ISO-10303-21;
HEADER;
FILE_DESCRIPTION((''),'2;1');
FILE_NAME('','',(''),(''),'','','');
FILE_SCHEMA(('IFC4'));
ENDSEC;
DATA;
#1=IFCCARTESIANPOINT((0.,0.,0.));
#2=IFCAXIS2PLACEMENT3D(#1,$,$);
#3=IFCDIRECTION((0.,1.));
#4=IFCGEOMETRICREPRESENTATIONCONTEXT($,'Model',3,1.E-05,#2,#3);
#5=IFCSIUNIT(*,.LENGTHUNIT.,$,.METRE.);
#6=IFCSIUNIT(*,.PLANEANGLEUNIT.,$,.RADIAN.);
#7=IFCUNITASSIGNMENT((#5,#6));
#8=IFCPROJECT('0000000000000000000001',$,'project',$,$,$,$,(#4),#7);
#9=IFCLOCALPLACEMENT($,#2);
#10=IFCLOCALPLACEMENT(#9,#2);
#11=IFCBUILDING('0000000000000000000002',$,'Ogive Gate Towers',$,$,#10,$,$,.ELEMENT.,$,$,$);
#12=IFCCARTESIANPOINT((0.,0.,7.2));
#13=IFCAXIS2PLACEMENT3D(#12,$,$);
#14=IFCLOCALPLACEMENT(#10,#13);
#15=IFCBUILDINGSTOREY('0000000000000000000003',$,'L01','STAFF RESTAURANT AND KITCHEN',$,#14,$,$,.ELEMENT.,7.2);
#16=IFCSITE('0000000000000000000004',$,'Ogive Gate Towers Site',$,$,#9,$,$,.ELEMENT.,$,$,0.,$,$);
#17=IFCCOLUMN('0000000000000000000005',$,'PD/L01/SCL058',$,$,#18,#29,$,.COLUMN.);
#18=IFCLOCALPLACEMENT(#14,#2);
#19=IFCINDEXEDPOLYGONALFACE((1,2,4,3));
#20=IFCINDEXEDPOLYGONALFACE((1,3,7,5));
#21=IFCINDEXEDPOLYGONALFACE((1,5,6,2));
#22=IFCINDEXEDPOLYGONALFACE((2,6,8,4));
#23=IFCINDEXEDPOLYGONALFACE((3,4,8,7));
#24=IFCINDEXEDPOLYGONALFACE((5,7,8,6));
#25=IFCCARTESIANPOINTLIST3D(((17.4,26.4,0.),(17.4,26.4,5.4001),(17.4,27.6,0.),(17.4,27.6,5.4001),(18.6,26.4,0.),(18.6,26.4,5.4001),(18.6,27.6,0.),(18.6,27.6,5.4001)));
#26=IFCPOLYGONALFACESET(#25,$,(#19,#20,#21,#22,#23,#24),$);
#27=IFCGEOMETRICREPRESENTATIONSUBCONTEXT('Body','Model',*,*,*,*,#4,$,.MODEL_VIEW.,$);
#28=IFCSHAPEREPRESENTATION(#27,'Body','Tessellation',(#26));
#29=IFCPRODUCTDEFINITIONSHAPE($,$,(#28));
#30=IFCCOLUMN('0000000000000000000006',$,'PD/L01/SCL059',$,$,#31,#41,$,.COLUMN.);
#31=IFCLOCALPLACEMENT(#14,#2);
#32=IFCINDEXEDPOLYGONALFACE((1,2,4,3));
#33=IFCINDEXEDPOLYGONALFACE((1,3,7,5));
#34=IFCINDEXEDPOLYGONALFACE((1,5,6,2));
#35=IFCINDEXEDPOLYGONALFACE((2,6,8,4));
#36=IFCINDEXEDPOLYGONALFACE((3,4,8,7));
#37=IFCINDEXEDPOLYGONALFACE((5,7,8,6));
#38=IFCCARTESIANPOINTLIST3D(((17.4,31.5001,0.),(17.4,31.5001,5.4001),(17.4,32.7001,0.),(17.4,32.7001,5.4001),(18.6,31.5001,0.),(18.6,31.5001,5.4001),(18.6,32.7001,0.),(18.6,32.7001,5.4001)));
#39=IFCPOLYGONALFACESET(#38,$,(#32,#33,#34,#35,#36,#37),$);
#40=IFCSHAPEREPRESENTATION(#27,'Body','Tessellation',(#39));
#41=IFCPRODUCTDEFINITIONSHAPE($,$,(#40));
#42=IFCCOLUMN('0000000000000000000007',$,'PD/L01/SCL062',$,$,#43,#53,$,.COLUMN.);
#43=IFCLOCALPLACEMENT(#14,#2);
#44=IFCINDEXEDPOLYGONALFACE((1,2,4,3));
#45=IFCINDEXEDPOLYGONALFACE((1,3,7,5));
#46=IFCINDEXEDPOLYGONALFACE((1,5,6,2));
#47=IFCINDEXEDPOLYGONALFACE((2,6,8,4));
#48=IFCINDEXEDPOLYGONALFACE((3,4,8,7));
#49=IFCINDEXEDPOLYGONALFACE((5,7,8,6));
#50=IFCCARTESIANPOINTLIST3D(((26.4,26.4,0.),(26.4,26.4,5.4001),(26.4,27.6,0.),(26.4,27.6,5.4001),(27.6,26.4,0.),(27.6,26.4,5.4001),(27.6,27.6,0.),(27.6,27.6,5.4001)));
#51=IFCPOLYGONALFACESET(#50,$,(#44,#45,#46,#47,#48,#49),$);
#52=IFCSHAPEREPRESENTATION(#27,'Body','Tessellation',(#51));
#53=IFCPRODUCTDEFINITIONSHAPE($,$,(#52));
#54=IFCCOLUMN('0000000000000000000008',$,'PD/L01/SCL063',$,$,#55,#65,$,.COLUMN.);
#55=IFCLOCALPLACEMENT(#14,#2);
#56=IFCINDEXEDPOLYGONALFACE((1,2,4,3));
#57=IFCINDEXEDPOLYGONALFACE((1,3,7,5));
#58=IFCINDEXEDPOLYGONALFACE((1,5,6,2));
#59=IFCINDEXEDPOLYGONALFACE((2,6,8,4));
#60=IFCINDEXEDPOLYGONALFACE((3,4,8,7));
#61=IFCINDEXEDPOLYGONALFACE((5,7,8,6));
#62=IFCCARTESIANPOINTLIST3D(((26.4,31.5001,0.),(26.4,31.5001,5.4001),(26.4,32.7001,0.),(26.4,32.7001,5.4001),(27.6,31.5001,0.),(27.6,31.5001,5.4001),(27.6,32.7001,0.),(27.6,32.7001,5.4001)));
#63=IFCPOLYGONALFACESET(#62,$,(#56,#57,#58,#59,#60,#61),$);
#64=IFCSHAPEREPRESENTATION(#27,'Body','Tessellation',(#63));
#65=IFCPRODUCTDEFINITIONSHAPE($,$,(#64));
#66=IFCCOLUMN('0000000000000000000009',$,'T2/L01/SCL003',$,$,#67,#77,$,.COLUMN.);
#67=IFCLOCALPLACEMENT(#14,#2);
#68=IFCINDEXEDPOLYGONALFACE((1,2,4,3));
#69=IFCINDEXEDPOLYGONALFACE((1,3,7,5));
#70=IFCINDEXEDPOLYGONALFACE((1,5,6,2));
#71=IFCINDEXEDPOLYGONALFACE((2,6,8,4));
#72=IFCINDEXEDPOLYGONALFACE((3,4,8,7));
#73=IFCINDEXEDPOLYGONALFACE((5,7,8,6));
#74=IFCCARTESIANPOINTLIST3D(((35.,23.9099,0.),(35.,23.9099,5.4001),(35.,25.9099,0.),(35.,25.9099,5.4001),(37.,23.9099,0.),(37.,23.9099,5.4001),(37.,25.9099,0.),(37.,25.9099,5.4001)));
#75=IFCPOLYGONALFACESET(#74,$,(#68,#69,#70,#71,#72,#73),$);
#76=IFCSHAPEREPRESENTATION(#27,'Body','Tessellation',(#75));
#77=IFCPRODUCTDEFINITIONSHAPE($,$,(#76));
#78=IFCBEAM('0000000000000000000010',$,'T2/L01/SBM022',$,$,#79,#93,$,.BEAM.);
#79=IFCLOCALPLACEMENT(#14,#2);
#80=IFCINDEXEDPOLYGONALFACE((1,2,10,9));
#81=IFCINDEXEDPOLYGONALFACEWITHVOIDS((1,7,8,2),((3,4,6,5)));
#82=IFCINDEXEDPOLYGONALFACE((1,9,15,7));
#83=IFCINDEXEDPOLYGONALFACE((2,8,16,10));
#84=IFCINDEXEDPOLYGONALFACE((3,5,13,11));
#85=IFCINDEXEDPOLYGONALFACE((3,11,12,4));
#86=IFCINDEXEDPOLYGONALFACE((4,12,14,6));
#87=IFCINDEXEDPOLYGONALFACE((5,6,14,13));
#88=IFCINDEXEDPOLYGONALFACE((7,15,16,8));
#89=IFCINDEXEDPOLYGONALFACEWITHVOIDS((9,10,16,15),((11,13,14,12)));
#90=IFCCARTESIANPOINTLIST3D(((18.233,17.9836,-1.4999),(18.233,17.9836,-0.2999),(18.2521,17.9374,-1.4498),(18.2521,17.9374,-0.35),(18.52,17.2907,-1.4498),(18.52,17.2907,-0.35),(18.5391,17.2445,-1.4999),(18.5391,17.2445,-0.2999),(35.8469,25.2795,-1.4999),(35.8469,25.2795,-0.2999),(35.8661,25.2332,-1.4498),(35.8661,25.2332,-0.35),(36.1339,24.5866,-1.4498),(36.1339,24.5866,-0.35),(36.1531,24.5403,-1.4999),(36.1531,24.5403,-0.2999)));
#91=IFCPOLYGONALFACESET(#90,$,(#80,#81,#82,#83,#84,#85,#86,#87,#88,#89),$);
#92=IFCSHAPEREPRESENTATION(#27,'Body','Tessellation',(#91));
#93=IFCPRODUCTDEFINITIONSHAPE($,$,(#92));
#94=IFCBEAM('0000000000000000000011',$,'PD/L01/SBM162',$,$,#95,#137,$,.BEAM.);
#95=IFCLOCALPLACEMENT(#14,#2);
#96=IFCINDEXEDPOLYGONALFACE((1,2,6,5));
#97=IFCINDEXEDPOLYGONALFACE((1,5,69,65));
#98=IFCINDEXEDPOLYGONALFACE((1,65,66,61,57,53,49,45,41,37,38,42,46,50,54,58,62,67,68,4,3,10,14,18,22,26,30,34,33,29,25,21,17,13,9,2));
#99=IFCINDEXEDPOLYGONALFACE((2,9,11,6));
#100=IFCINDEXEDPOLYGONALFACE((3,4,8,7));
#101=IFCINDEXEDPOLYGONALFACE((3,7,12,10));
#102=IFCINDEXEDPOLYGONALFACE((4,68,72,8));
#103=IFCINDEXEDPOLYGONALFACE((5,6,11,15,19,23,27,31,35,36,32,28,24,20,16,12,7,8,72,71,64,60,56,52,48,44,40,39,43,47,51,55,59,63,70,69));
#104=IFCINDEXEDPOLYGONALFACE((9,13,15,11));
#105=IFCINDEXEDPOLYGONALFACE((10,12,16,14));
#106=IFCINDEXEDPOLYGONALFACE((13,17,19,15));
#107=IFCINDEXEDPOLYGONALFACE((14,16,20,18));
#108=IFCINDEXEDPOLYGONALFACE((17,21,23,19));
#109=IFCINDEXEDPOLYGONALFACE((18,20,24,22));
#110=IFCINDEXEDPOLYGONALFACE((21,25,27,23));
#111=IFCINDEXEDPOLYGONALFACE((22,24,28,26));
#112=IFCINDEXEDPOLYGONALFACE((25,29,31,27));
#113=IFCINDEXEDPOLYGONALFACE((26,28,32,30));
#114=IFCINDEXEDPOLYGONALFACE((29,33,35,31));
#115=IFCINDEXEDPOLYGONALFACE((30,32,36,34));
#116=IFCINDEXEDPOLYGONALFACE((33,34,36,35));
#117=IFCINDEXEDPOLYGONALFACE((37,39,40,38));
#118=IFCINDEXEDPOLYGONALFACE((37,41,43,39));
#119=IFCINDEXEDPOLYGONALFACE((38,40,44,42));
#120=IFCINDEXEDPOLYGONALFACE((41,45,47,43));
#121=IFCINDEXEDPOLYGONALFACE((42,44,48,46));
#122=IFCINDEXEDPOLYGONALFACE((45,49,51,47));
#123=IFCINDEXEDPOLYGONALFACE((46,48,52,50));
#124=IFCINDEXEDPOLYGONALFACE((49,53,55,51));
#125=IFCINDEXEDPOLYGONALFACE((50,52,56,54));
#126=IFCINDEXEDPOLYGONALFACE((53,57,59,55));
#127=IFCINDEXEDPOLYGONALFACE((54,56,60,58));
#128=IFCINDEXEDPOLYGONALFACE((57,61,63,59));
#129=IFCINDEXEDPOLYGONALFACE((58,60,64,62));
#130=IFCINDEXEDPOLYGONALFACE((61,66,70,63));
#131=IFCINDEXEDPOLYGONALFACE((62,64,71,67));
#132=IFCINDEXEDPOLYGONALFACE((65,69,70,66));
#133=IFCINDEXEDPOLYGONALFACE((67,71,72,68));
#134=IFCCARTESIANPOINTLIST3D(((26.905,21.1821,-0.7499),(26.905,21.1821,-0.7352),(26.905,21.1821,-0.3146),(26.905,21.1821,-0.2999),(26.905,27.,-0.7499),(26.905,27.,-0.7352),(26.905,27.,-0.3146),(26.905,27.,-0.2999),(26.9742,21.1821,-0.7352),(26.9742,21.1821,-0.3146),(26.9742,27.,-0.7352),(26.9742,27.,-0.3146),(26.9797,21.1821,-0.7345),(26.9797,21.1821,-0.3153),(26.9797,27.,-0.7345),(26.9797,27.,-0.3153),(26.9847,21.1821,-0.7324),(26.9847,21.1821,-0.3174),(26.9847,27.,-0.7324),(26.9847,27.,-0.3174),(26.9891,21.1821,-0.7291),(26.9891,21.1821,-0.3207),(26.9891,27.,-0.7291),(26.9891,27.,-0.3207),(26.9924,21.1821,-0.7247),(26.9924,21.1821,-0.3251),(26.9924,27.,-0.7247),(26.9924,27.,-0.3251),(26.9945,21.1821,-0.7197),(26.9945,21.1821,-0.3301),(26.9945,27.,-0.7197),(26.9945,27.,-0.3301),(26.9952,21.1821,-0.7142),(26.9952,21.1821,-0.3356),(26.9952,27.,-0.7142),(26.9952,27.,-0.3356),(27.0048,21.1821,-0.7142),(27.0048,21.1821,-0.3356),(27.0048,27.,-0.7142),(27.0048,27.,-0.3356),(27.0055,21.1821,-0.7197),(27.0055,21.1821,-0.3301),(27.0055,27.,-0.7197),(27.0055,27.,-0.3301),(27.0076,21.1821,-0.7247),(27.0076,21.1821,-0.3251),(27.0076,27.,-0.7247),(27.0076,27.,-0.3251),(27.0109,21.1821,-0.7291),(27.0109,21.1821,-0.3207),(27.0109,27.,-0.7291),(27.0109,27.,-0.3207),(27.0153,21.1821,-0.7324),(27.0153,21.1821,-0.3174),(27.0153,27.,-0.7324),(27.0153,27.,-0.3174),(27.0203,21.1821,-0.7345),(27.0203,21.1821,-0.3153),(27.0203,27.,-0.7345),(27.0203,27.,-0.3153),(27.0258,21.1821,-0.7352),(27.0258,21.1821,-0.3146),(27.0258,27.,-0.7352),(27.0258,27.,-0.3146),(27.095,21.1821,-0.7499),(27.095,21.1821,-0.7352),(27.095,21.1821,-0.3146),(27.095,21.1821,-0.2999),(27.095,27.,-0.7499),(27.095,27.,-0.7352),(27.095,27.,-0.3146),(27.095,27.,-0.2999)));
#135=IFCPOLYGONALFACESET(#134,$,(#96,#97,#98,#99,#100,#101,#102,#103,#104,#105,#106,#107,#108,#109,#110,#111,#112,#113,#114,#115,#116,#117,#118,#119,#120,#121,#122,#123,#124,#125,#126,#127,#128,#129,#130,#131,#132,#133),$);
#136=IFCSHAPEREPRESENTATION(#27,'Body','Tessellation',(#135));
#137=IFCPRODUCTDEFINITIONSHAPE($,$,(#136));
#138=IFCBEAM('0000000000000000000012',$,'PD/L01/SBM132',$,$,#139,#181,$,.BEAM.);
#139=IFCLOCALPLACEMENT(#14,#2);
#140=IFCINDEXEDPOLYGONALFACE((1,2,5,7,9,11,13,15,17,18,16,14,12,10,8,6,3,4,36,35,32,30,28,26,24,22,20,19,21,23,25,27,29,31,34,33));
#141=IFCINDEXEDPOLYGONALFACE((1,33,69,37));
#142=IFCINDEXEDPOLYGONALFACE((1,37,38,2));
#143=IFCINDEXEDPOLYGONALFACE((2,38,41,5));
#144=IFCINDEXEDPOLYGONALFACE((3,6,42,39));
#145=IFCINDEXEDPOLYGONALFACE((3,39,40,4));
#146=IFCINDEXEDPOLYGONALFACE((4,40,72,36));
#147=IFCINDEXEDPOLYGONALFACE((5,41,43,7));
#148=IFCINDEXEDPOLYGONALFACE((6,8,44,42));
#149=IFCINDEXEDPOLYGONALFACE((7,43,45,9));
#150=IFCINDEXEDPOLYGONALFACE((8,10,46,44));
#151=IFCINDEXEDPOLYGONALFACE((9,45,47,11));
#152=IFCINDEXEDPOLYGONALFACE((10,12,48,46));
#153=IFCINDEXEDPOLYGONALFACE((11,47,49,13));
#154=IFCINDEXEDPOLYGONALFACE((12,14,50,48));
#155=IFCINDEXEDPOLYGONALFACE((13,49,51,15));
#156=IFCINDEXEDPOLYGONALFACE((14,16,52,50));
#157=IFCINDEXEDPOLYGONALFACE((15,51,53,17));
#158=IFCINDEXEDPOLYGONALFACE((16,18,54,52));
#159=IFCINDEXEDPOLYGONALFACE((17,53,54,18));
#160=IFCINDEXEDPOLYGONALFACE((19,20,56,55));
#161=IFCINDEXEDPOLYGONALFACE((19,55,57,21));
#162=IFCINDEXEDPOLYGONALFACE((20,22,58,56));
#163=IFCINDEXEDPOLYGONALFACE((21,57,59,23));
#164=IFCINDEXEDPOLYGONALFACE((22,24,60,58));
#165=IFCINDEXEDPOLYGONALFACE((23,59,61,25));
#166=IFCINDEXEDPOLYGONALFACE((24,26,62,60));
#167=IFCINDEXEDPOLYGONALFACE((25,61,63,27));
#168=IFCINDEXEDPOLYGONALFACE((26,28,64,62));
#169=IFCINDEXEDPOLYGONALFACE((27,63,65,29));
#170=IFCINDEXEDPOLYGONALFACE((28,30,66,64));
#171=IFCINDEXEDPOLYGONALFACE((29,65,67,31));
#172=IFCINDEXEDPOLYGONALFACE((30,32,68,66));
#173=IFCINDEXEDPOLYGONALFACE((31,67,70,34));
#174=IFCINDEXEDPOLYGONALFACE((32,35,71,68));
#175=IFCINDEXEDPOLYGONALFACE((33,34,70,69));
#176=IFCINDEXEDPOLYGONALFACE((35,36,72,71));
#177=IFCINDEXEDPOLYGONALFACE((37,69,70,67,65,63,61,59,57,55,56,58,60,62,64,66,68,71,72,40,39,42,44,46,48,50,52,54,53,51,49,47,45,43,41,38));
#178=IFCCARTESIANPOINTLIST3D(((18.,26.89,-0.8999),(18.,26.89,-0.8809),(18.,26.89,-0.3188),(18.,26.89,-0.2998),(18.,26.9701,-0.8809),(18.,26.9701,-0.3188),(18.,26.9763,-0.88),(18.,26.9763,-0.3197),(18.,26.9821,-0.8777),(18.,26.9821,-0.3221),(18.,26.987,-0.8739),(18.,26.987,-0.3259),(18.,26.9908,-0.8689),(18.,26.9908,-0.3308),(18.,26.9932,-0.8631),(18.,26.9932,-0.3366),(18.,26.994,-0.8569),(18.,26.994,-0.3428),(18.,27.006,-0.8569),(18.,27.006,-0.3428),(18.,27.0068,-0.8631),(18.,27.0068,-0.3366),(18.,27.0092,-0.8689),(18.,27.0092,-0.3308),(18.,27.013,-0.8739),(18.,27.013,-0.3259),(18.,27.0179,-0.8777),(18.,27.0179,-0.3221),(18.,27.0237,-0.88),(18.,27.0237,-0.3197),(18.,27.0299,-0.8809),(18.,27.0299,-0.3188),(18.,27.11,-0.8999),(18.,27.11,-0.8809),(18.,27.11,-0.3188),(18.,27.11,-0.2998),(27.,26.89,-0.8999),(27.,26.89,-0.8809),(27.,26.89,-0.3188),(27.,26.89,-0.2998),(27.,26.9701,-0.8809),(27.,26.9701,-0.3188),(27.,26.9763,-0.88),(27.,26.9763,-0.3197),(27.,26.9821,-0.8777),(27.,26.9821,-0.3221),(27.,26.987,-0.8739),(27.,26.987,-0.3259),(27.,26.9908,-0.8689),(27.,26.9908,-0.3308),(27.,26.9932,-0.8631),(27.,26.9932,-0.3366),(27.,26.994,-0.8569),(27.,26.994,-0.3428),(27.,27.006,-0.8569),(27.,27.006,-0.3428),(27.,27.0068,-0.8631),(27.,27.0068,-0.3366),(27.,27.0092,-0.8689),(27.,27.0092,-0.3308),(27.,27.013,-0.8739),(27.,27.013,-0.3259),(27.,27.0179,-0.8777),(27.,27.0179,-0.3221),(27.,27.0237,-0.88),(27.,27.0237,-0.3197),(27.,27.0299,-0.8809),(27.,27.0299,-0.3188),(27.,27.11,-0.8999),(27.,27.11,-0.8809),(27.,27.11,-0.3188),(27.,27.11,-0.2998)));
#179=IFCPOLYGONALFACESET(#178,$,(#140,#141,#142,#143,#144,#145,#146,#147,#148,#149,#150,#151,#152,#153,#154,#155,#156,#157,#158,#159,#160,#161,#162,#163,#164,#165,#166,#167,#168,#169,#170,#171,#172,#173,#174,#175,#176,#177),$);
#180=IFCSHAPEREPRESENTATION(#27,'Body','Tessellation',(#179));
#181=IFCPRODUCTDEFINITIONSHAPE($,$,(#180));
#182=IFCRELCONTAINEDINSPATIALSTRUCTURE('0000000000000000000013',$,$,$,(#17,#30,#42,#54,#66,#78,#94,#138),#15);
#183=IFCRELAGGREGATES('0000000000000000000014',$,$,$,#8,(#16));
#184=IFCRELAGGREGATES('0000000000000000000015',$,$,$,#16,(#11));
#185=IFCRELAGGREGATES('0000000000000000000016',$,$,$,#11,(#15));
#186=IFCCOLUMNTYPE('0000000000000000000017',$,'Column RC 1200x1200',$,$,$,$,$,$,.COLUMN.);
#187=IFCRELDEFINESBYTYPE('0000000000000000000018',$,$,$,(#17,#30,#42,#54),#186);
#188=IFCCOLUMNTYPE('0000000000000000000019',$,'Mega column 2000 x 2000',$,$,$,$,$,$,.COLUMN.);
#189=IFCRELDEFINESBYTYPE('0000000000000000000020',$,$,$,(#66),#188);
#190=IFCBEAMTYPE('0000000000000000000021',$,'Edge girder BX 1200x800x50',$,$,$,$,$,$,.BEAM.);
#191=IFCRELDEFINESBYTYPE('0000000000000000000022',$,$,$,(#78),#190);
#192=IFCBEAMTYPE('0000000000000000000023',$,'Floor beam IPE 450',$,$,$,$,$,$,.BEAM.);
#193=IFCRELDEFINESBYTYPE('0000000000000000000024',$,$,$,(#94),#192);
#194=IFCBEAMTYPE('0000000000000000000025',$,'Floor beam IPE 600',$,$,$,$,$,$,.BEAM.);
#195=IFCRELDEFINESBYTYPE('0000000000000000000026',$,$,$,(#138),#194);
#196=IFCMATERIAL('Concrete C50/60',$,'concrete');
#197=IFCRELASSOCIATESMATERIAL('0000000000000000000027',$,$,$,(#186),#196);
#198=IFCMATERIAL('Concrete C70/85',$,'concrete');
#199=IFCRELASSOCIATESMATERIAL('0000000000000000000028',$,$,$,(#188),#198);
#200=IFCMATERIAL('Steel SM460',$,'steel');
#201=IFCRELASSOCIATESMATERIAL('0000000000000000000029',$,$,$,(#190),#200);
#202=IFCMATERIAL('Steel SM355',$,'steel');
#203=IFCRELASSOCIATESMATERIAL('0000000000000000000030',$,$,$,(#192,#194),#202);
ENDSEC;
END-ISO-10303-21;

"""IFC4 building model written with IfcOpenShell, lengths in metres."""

from ifc_helpers import new_model, si_unit, direction, frame, origin, origin_2d, place, context, subcontext, project, spatial, rectangle, hollow_rectangle, i_section, extrude, material, material_profile, profile_set, type_object, element, save


model = new_model("IFC4")

# Units and contexts
model_context = context("Model", 3, precision=1e-05, world=origin(), true_north=direction((0.0, 1.0)))
body_context = subcontext(model_context, "Body", "Model", "MODEL_VIEW")
ifc_project = project(units=[si_unit("LENGTHUNIT", "METRE"), si_unit("PLANEANGLEUNIT", "RADIAN")], contexts=[model_context])

# Site, building, storey
site_placement = place(None, origin())
site = spatial("IfcSite", under=ifc_project, at=site_placement, Name="Ogive Gate Towers Site", CompositionType="ELEMENT", RefElevation=0.0)
building_placement = place(site_placement, origin())
building = spatial("IfcBuilding", under=site, at=building_placement, Name="Ogive Gate Towers", CompositionType="ELEMENT")
storey_placement = place(building_placement, frame((0.0, 0.0, 7.2)))
storey = spatial("IfcBuildingStorey", under=building, at=storey_placement, Name="L01", Description="STAFF RESTAURANT AND KITCHEN", CompositionType="ELEMENT", Elevation=7.2)

# Columns
ifc_material_1 = material(Name="Concrete C50/60", Category="concrete")
ifc_material_profile_1 = material_profile(ifc_material_1, rectangle(XDim=1.2, YDim=1.2, at=origin_2d()), Name="RC 1200x1200")
ifc_profile_set_1 = profile_set([ifc_material_profile_1], Name="Concrete C50/60")
column_type_1 = type_object("IfcColumnType", Name="Column RC 1200x1200", PredefinedType="COLUMN", material=ifc_profile_set_1)
for number, where, z_axis, x_axis, name in (
    (1, (18.0, 27.0, 0.0), (0.0, 0.0, 1.0), (1.0, 0.0, 0.0), "PD/L01/SCL058"),
    (2, (18.0, 32.1001, 0.0), (0.0, 0.0, 1.0), (1.0, 0.0, 0.0), "PD/L01/SCL059"),
    (3, (27.0, 27.0, 0.0), (0.0, 0.0, 1.0), (1.0, 0.0, 0.0), "PD/L01/SCL062"),
    (4, (27.0, 32.1001, 0.0), (0.0, 0.0, 1.0), (1.0, 0.0, 0.0), "PD/L01/SCL063"),
):
    element("IfcColumn", number, at=place(storey_placement, frame(where, z_axis=z_axis, x_axis=x_axis)), inside=storey, type_object=column_type_1, Name=name, PredefinedType="COLUMN", context=body_context, shape_type="SweptSolid", body=[
        extrude(rectangle(XDim=1.2, YDim=1.2, at=origin_2d()), origin(), (0.0, 0.0, 1.0), 5.4001),
    ])
ifc_material_2 = material(Name="Concrete C70/85", Category="concrete")
ifc_material_profile_2 = material_profile(ifc_material_2, rectangle(XDim=2.0, YDim=2.0, at=origin_2d()), Name="RC 2000x2000")
ifc_profile_set_2 = profile_set([ifc_material_profile_2], Name="Concrete C70/85")
column_type_2 = type_object("IfcColumnType", Name="Mega column 2000 x 2000", PredefinedType="COLUMN", material=ifc_profile_set_2)
column_placement = place(storey_placement, frame((36.0, 24.9099, 0.0), z_axis=(0.0, 0.0, 1.0), x_axis=(0.0, 1.0, 0.0)))
element("IfcColumn", 5, at=column_placement, inside=storey, type_object=column_type_2, Name="T2/L01/SCL003", PredefinedType="COLUMN", context=body_context, shape_type="SweptSolid", body=[
    extrude(rectangle(XDim=2.0, YDim=2.0, at=origin_2d()), origin(), (0.0, 0.0, 1.0), 5.4001),
])

# Beams
ifc_material_3 = material(Name="Steel SM460", Category="steel")
ifc_material_profile_3 = material_profile(ifc_material_3, hollow_rectangle(XDim=0.8, YDim=1.2, WallThickness=0.05, at=origin_2d()), Name="BX 1200x800x50")
ifc_profile_set_3 = profile_set([ifc_material_profile_3], Name="Steel SM460")
beam_type_1 = type_object("IfcBeamType", Name="Edge girder BX 1200x800x50", PredefinedType="BEAM", material=ifc_profile_set_3)
beam_1_placement = place(storey_placement, frame((36.0, 24.9099, -0.8999), z_axis=(-0.923881, -0.382681, 0.0), x_axis=(0.382681, -0.923881, 0.0)))
element("IfcBeam", 6, at=beam_1_placement, inside=storey, type_object=beam_type_1, Name="T2/L01/SBM022", PredefinedType="BEAM", context=body_context, shape_type="SweptSolid", body=[
    extrude(hollow_rectangle(XDim=0.8, YDim=1.2, WallThickness=0.05, at=origin_2d()), origin(), (0.0, 0.0, 1.0), 19.0652),
])
ifc_material_4 = material(Name="Steel SM355", Category="steel")
ifc_material_profile_4 = material_profile(ifc_material_4, i_section(OverallWidth=0.1899, OverallDepth=0.45, WebThickness=0.0095, FlangeThickness=0.0146, FilletRadius=0.021, at=origin_2d()), Name="IPE 450")
ifc_profile_set_4 = profile_set([ifc_material_profile_4], Name="Steel SM355")
beam_type_2 = type_object("IfcBeamType", Name="Floor beam IPE 450", PredefinedType="BEAM", material=ifc_profile_set_4)
beam_2_placement = place(storey_placement, frame((27.0, 27.0, -0.5249), z_axis=(0.0, -1.0, 0.0), x_axis=(1.0, 0.0, 0.0)))
element("IfcBeam", 7, at=beam_2_placement, inside=storey, type_object=beam_type_2, Name="PD/L01/SBM162", PredefinedType="BEAM", context=body_context, shape_type="SweptSolid", body=[
    extrude(i_section(OverallWidth=0.1899, OverallDepth=0.45, WebThickness=0.0095, FlangeThickness=0.0146, FilletRadius=0.021, at=origin_2d()), origin(), (0.0, 0.0, 1.0), 5.8179),
])
ifc_material_profile_5 = material_profile(ifc_material_4, i_section(OverallWidth=0.22, OverallDepth=0.6001, WebThickness=0.012, FlangeThickness=0.019, FilletRadius=0.0239, at=origin_2d()), Name="IPE 600")
ifc_profile_set_5 = profile_set([ifc_material_profile_5], Name="Steel SM355")
beam_type_3 = type_object("IfcBeamType", Name="Floor beam IPE 600", PredefinedType="BEAM", material=ifc_profile_set_5)
for number, where, z_axis, x_axis, name in (
    (8, (18.0, 27.0, -0.5999), (1.0, 0.0, 0.0), (0.0, 1.0, 0.0), "PD/L01/SBM132"),
):
    element("IfcBeam", number, at=place(storey_placement, frame(where, z_axis=z_axis, x_axis=x_axis)), inside=storey, type_object=beam_type_3, Name=name, PredefinedType="BEAM", context=body_context, shape_type="SweptSolid", body=[
        extrude(i_section(OverallWidth=0.22, OverallDepth=0.6001, WebThickness=0.012, FlangeThickness=0.019, FilletRadius=0.0239, at=origin_2d()), origin(), (0.0, 0.0, 1.0), 9.0),
    ])

save(model, "model.ifc")
